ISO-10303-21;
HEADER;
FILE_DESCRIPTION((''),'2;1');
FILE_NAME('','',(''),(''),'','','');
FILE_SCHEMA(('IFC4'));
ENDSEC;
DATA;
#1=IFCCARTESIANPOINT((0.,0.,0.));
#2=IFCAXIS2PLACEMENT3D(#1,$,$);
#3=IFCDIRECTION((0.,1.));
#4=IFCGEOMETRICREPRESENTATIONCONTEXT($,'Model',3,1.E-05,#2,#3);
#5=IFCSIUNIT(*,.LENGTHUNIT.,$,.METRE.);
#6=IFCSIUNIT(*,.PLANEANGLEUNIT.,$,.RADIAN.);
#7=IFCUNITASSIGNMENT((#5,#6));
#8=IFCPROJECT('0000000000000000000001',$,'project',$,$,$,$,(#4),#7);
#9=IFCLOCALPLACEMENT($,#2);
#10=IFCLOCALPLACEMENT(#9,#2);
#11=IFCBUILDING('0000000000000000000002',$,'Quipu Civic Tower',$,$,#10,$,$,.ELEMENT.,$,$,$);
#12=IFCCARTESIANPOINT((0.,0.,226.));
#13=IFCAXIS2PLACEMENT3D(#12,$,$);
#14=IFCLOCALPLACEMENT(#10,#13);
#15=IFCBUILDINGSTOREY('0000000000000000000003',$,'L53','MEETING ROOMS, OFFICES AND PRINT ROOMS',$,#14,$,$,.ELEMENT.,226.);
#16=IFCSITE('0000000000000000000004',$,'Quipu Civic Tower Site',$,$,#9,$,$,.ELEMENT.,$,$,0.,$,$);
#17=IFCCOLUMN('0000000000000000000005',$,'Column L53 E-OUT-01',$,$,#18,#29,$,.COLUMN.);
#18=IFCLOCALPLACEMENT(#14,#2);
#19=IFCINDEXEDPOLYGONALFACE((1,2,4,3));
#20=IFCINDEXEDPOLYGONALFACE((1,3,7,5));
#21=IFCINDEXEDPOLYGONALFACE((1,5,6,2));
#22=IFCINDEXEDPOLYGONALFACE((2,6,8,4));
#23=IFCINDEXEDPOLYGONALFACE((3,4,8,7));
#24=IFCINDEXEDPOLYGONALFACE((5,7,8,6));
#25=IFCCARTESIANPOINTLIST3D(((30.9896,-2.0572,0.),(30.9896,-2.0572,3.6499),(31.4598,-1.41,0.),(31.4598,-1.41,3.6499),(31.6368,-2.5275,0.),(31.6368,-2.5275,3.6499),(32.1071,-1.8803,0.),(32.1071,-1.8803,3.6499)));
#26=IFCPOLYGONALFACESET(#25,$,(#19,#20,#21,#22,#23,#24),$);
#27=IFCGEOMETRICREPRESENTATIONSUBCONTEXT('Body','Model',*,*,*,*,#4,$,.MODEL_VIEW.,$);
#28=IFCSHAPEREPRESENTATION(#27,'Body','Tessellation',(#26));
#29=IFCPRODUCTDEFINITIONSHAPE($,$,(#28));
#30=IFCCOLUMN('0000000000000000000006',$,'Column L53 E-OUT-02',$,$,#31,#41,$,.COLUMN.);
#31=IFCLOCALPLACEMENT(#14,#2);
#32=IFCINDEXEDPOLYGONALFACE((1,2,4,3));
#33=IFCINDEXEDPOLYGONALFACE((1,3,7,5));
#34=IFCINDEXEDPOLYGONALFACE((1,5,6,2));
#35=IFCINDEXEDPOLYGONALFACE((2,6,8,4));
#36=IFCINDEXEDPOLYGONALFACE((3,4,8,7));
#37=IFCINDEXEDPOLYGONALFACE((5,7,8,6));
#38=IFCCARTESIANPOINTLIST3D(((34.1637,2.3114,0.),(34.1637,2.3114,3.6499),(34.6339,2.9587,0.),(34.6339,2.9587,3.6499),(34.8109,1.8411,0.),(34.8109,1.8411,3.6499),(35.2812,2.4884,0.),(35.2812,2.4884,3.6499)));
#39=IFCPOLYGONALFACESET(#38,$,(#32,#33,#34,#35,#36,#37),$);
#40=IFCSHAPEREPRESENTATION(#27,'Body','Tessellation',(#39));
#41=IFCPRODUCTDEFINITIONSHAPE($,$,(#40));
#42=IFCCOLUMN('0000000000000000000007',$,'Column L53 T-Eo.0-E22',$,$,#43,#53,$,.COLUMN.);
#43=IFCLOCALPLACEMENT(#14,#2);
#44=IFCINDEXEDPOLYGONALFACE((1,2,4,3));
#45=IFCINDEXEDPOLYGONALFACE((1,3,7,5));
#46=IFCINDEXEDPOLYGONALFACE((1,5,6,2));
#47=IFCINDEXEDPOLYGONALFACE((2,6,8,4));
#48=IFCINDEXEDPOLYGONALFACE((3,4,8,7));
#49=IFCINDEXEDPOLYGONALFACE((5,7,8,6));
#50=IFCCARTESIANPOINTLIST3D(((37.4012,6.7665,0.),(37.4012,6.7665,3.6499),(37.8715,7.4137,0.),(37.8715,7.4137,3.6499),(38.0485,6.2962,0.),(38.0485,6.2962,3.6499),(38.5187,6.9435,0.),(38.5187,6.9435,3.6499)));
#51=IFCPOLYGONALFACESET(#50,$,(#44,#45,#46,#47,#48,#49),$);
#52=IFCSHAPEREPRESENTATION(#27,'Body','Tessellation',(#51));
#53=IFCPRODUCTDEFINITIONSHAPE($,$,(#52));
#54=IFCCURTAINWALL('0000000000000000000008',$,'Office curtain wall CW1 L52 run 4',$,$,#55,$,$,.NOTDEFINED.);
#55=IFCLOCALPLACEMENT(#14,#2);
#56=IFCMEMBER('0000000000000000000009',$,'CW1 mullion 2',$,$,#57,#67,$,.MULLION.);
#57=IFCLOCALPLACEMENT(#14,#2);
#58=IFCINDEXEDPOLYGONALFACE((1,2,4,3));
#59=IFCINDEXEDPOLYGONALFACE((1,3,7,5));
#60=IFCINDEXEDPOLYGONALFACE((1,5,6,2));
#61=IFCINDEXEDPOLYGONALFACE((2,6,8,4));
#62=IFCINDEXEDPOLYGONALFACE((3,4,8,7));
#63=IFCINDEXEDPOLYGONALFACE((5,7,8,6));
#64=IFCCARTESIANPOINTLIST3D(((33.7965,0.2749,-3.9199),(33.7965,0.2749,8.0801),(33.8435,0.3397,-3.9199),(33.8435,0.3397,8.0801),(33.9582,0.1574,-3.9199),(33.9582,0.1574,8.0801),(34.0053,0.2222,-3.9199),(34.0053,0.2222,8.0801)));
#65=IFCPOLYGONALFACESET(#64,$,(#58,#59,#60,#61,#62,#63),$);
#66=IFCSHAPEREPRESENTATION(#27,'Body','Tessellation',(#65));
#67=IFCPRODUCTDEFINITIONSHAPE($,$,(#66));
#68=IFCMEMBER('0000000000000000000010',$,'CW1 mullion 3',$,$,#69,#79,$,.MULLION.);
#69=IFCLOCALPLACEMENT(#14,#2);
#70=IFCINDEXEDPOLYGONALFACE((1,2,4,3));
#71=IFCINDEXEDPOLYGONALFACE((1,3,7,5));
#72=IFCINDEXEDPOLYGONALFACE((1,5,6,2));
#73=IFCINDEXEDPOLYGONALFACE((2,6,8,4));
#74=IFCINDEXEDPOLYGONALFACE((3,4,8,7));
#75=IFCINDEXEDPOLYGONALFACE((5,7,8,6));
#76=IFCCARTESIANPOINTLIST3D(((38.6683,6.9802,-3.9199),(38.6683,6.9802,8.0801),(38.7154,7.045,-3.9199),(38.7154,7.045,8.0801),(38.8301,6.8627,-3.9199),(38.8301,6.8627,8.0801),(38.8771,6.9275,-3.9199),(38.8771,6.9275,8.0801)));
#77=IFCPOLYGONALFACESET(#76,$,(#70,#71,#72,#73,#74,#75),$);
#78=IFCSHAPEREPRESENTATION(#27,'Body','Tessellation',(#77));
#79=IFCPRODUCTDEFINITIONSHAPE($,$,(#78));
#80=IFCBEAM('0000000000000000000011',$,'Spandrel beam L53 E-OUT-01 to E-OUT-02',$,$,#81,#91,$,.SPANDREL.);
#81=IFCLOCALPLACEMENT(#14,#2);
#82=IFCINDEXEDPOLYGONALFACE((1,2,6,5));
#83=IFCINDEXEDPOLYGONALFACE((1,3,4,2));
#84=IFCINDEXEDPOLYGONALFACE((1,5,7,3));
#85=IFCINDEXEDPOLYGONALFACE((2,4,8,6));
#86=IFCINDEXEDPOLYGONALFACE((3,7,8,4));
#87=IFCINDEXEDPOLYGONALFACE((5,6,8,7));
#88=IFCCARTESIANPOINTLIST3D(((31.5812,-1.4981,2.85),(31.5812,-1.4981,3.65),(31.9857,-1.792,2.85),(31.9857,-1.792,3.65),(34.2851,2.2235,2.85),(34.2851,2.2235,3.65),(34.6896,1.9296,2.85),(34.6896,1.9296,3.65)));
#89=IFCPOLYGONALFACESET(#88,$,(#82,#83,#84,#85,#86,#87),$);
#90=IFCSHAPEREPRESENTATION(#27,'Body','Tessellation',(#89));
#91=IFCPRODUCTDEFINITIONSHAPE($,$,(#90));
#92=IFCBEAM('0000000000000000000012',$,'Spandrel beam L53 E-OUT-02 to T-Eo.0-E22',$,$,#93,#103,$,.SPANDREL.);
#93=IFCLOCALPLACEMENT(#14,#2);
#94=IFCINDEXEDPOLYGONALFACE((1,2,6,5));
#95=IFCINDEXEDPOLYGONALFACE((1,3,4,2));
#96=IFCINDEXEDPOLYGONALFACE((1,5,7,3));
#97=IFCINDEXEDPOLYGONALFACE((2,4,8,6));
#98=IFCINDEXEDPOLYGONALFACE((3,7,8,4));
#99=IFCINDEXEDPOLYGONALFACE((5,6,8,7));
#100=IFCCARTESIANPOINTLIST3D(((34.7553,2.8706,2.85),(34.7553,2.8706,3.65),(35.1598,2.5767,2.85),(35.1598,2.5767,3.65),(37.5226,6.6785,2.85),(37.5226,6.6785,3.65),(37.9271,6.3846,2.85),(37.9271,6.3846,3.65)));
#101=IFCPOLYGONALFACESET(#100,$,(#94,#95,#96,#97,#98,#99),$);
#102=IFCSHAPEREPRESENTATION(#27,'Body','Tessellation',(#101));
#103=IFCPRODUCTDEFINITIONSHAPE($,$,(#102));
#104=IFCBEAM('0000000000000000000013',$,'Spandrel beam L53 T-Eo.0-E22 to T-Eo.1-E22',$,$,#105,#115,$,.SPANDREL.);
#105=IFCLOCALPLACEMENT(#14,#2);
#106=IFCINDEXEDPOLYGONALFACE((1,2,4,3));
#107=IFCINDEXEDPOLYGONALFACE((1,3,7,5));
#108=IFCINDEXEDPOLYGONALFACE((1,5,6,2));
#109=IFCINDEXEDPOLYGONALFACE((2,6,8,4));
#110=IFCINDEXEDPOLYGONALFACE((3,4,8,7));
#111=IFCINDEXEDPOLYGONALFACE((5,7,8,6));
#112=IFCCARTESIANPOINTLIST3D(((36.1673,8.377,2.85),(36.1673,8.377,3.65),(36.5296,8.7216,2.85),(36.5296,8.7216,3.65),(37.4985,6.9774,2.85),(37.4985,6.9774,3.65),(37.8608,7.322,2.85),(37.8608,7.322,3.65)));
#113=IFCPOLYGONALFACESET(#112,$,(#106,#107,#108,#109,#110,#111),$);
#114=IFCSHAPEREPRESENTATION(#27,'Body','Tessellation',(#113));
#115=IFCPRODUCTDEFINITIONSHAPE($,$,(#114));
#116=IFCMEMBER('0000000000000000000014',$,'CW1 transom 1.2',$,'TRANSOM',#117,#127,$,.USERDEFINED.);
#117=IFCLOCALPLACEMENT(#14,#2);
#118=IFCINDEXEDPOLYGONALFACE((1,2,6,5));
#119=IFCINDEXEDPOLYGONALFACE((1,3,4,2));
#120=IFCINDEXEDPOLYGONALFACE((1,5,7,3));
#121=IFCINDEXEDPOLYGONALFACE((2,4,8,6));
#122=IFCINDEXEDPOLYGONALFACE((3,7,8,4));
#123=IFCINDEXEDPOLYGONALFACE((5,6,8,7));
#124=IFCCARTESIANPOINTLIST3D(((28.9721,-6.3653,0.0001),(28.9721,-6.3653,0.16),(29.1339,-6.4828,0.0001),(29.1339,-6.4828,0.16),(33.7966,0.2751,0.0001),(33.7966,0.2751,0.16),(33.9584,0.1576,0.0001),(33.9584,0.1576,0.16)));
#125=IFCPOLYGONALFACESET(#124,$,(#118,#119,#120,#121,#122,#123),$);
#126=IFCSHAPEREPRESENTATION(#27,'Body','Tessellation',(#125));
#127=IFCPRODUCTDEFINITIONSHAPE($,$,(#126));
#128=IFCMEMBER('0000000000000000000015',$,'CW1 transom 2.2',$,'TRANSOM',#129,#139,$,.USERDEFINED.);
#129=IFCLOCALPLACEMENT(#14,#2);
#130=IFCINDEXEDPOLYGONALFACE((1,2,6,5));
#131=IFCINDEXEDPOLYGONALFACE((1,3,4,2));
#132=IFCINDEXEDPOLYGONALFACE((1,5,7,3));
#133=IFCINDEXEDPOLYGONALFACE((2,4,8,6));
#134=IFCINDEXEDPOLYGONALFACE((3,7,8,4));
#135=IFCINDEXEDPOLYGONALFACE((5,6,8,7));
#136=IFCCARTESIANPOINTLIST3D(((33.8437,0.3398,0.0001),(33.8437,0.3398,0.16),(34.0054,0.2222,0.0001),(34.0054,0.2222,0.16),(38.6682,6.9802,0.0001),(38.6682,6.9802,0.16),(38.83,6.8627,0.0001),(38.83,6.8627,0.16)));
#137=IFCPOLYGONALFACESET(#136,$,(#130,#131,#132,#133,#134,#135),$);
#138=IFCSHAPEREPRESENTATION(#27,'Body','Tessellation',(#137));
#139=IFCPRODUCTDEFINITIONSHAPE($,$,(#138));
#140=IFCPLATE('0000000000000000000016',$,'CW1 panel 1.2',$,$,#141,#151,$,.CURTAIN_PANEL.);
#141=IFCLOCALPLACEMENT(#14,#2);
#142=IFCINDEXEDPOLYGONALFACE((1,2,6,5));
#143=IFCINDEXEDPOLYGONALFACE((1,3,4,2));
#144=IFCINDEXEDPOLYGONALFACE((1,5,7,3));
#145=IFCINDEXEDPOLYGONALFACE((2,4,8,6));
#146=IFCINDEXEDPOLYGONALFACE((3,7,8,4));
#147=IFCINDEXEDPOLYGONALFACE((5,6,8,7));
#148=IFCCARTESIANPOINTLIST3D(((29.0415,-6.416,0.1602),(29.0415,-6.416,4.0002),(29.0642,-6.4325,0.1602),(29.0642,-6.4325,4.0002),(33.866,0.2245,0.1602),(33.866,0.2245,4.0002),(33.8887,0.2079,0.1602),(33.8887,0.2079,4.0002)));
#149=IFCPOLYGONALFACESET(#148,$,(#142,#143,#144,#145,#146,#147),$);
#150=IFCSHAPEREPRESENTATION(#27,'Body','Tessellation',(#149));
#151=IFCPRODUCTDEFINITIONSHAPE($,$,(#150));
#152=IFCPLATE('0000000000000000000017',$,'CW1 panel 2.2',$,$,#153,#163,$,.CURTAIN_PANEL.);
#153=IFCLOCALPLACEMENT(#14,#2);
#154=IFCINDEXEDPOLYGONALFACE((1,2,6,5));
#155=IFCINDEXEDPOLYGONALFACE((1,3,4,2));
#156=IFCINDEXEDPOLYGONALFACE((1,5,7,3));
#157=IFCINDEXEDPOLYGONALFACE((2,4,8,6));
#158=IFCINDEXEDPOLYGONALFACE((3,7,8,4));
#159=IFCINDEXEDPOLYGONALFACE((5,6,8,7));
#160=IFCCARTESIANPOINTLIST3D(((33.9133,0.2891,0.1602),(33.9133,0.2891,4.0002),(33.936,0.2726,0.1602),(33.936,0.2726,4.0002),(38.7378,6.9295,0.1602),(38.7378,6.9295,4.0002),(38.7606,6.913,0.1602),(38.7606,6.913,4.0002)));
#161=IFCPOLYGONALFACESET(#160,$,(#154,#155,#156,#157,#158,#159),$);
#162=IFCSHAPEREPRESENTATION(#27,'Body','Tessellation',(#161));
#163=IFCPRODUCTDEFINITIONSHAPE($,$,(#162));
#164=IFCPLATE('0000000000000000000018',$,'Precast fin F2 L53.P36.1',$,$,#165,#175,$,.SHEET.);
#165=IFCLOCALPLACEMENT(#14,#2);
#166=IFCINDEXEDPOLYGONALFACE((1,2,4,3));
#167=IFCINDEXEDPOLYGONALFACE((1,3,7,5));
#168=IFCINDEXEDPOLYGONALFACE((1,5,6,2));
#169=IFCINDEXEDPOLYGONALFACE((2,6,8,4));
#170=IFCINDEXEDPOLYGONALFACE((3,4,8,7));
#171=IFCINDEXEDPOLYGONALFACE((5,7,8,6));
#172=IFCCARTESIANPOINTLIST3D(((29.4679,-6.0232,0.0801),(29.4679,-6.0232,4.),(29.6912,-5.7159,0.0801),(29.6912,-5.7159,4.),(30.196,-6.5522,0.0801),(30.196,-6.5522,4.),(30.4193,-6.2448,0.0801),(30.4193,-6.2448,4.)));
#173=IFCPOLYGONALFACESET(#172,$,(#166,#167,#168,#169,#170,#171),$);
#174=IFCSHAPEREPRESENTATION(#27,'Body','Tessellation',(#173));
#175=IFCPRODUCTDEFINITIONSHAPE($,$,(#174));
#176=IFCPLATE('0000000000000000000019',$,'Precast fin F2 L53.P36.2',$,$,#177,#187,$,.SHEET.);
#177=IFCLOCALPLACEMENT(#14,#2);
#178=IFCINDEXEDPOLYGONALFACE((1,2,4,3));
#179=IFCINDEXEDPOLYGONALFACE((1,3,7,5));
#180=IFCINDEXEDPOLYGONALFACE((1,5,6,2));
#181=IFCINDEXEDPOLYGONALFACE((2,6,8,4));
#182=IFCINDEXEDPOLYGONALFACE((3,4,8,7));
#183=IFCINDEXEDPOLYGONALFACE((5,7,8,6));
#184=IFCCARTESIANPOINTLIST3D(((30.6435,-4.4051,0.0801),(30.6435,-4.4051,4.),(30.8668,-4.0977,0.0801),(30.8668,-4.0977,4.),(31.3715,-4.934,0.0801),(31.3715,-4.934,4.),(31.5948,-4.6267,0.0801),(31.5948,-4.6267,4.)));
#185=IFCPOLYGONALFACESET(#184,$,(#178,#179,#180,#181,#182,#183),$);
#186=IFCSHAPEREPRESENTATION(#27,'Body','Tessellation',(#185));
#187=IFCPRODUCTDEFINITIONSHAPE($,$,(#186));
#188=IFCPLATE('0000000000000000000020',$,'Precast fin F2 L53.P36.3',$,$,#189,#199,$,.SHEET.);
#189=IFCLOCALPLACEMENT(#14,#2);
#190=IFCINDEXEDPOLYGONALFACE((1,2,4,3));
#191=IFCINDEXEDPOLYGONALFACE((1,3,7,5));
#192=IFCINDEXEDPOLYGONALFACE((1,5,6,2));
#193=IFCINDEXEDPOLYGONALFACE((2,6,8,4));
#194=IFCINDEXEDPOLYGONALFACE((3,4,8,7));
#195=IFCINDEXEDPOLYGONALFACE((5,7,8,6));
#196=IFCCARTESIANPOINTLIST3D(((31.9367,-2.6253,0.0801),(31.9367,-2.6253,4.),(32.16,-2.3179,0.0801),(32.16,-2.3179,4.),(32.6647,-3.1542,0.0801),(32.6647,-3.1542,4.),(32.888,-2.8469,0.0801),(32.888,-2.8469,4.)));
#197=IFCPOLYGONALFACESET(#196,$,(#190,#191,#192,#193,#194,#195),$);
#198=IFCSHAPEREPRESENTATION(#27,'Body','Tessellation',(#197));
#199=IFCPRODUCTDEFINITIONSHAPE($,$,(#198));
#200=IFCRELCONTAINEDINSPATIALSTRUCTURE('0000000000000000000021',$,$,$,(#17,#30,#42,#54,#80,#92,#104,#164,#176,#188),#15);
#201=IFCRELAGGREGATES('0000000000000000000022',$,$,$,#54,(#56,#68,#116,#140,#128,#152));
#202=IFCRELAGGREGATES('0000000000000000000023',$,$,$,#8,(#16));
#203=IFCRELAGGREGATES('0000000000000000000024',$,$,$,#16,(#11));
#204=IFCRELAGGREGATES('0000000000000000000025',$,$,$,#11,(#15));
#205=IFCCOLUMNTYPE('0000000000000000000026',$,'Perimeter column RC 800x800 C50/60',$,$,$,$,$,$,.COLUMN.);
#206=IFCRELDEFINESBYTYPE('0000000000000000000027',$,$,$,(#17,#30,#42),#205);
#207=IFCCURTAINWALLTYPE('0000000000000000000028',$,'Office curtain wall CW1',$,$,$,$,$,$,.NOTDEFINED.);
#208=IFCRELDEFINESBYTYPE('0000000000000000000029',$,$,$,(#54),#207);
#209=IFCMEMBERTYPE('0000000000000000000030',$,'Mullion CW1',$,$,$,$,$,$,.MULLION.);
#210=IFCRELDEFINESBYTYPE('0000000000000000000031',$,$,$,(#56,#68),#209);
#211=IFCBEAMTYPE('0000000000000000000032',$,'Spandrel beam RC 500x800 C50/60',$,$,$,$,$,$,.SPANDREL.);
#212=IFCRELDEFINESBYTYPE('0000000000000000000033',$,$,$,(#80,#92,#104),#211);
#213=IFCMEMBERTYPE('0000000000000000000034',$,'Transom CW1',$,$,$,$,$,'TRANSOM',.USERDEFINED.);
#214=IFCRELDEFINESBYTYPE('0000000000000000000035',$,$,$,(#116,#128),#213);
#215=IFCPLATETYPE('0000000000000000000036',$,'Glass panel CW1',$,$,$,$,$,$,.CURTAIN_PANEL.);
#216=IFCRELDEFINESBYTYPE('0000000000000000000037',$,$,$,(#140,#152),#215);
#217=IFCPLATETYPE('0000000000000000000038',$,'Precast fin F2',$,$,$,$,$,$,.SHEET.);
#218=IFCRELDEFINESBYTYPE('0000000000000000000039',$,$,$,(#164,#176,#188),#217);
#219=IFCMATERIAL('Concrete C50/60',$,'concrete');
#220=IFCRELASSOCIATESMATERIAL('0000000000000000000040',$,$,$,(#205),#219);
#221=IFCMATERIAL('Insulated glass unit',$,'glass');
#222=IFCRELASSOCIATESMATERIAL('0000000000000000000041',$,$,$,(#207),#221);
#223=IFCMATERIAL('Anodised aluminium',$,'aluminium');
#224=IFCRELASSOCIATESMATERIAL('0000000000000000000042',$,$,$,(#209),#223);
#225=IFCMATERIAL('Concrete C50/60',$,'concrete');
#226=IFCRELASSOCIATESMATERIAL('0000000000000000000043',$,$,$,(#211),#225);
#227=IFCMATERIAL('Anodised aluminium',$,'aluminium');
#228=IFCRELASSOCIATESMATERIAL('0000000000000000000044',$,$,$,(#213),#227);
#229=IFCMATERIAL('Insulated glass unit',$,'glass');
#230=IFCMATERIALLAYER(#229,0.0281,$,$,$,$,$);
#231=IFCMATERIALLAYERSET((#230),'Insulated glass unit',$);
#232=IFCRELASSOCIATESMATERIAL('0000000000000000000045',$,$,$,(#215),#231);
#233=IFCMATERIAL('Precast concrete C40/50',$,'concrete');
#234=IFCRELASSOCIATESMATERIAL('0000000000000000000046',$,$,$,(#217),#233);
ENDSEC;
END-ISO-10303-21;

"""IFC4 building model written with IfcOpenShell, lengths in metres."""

from ifc_helpers import new_model, si_unit, direction, frame, origin, origin_2d, place, context, subcontext, project, spatial, rectangle, extrude, material, layer, layer_set, material_profile, profile_set, type_object, element, aggregate, save


model = new_model("IFC4")

# Units and contexts
model_context = context("Model", 3, precision=1e-05, world=origin(), true_north=direction((0.0, 1.0)))
body_context = subcontext(model_context, "Body", "Model", "MODEL_VIEW")
ifc_project = project(units=[si_unit("LENGTHUNIT", "METRE"), si_unit("PLANEANGLEUNIT", "RADIAN")], contexts=[model_context])

# Site, building, storey
site_placement = place(None, origin())
site = spatial("IfcSite", under=ifc_project, at=site_placement, Name="Quipu Civic Tower Site", CompositionType="ELEMENT", RefElevation=0.0)
building_placement = place(site_placement, origin())
building = spatial("IfcBuilding", under=site, at=building_placement, Name="Quipu Civic Tower", CompositionType="ELEMENT")
storey_placement = place(building_placement, frame((0.0, 0.0, 226.0)))
storey = spatial("IfcBuildingStorey", under=building, at=storey_placement, Name="L53", Description="MEETING ROOMS, OFFICES AND PRINT ROOMS", CompositionType="ELEMENT", Elevation=226.0)

# Columns
ifc_material_1 = material(Name="Concrete C50/60", Category="concrete")
ifc_material_profile_1 = material_profile(ifc_material_1, rectangle(XDim=0.8, YDim=0.8, at=origin_2d()), Name="RC800x800")
ifc_profile_set_1 = profile_set([ifc_material_profile_1], Name="Concrete C50/60")
column_type = type_object("IfcColumnType", Name="Perimeter column RC 800x800 C50/60", PredefinedType="COLUMN", material=ifc_profile_set_1)
for number, where, z_axis, x_axis, name in (
    (1, (31.5483, -1.9688, 0.0), (0.0, 0.0, 1.0), (0.587785, 0.809017, 0.0), "Column L53 E-OUT-01"),
    (2, (34.7224, 2.3999, 0.0), (0.0, 0.0, 1.0), (0.587785, 0.809017, 0.0), "Column L53 E-OUT-02"),
    (3, (37.96, 6.855, 0.0), (0.0, 0.0, 1.0), (0.587785, 0.809017, 0.0), "Column L53 T-Eo.0-E22"),
):
    element("IfcColumn", number, at=place(storey_placement, frame(where, z_axis=z_axis, x_axis=x_axis)), inside=storey, type_object=column_type, Name=name, PredefinedType="COLUMN", context=body_context, shape_type="SweptSolid", body=[
        extrude(rectangle(XDim=0.8, YDim=0.8, at=origin_2d()), origin(), (0.0, 0.0, 1.0), 3.6499),
    ])

# Curtain wall, members
ifc_material_2 = material(Name="Insulated glass unit", Category="glass")
curtain_wall_type = type_object("IfcCurtainWallType", Name="Office curtain wall CW1", PredefinedType="NOTDEFINED", material=ifc_material_2)
curtain_wall_placement = place(storey_placement, origin())
curtain_wall = element("IfcCurtainWall", 4, at=curtain_wall_placement, inside=storey, type_object=curtain_wall_type, Name="Office curtain wall CW1 L52 run 4", PredefinedType="NOTDEFINED")
ifc_material_3 = material(Name="Anodised aluminium", Category="aluminium")
ifc_material_profile_2 = material_profile(ifc_material_3, rectangle(XDim=0.2, YDim=0.0801, at=origin_2d()), Name="RECT 200x80")
ifc_profile_set_2 = profile_set([ifc_material_profile_2], Name="Anodised aluminium")
member_type_1 = type_object("IfcMemberType", Name="Mullion CW1", PredefinedType="MULLION", material=ifc_profile_set_2)
member_1_placement = place(storey_placement, frame((33.9009, 0.2485, -3.9199), z_axis=(0.0, 0.0, 1.0), x_axis=(-0.809016, 0.587787, 0.0)))
member_1 = element("IfcMember", 5, at=member_1_placement, type_object=member_type_1, Name="CW1 mullion 2", PredefinedType="MULLION", context=body_context, shape_type="SweptSolid", body=[
    extrude(rectangle(XDim=0.2, YDim=0.0801, at=origin_2d()), origin(), (0.0, 0.0, 1.0), 12.0),
])
member_2_placement = place(storey_placement, frame((38.7727, 6.9539, -3.9199), z_axis=(0.0, 0.0, 1.0), x_axis=(-0.809016, 0.587787, 0.0)))
member_2 = element("IfcMember", 6, at=member_2_placement, type_object=member_type_1, Name="CW1 mullion 3", PredefinedType="MULLION", context=body_context, shape_type="SweptSolid", body=[
    extrude(rectangle(XDim=0.2, YDim=0.0801, at=origin_2d()), origin(), (0.0, 0.0, 1.0), 12.0),
])

# Beams
ifc_material_4 = material(Name="Concrete C50/60", Category="concrete")
ifc_material_profile_3 = material_profile(ifc_material_4, rectangle(XDim=0.5, YDim=0.8, at=origin_2d()), Name="RC500x800")
ifc_profile_set_3 = profile_set([ifc_material_profile_3], Name="Concrete C50/60")
beam_type = type_object("IfcBeamType", Name="Spandrel beam RC 500x800 C50/60", PredefinedType="SPANDREL", material=ifc_profile_set_3)
beam_1_placement = place(storey_placement, frame((31.7834, -1.645, 3.25), z_axis=(0.587796, 0.809009, 0.0), x_axis=(-0.809009, 0.587796, 0.0)))
element("IfcBeam", 7, at=beam_1_placement, inside=storey, type_object=beam_type, Name="Spandrel beam L53 E-OUT-01 to E-OUT-02", PredefinedType="SPANDREL", context=body_context, shape_type="SweptSolid", body=[
    extrude(rectangle(XDim=0.5, YDim=0.8, at=origin_2d()), origin(), (0.0, 0.0, 1.0), 4.6001),
])
beam_2_placement = place(storey_placement, frame((34.9575, 2.7236, 3.25), z_axis=(0.587891, 0.80894, 0.0), x_axis=(-0.80894, 0.587891, 0.0)))
element("IfcBeam", 8, at=beam_2_placement, inside=storey, type_object=beam_type, Name="Spandrel beam L53 E-OUT-02 to T-Eo.0-E22", PredefinedType="SPANDREL", context=body_context, shape_type="SweptSolid", body=[
    extrude(rectangle(XDim=0.5, YDim=0.8, at=origin_2d()), origin(), (0.0, 0.0, 1.0), 4.7073),
])
beam_3_placement = place(storey_placement, frame((37.6797, 7.1497, 3.25), z_axis=(-0.689191, 0.72458, 0.0), x_axis=(-0.72458, -0.689191, 0.0)))
element("IfcBeam", 9, at=beam_3_placement, inside=storey, type_object=beam_type, Name="Spandrel beam L53 T-Eo.0-E22 to T-Eo.1-E22", PredefinedType="SPANDREL", context=body_context, shape_type="SweptSolid", body=[
    extrude(rectangle(XDim=0.5, YDim=0.8, at=origin_2d()), origin(), (0.0, 0.0, 1.0), 1.9316),
])

# Members
ifc_material_5 = material(Name="Anodised aluminium", Category="aluminium")
ifc_material_profile_4 = material_profile(ifc_material_5, rectangle(XDim=0.2, YDim=0.1599, at=origin_2d()), Name="RECT 200x160")
ifc_profile_set_4 = profile_set([ifc_material_profile_4], Name="Anodised aluminium")
member_type_2 = type_object("IfcMemberType", Name="Transom CW1", ElementType="TRANSOM", PredefinedType="USERDEFINED", material=ifc_profile_set_4)
member_3_placement = place(storey_placement, frame((29.053, -6.4241, 0.0801), z_axis=(0.587781, 0.80902, 0.0), x_axis=(-0.80902, 0.587781, 0.0)))
member_3 = element("IfcMember", 10, at=member_3_placement, type_object=member_type_2, Name="CW1 transom 1.2", ObjectType="TRANSOM", PredefinedType="USERDEFINED", context=body_context, shape_type="SweptSolid", body=[
    extrude(rectangle(XDim=0.2, YDim=0.1599, at=origin_2d()), origin(), (0.0, 0.0, 1.0), 8.208),
])
member_4_placement = place(storey_placement, frame((33.9246, 0.281, 0.0801), z_axis=(0.587781, 0.80902, 0.0), x_axis=(-0.80902, 0.587781, 0.0)))
member_4 = element("IfcMember", 11, at=member_4_placement, type_object=member_type_2, Name="CW1 transom 2.2", ObjectType="TRANSOM", PredefinedType="USERDEFINED", context=body_context, shape_type="SweptSolid", body=[
    extrude(rectangle(XDim=0.2, YDim=0.1599, at=origin_2d()), origin(), (0.0, 0.0, 1.0), 8.208),
])

# Plates
ifc_material_6 = material(Name="Insulated glass unit", Category="glass")
ifc_layer = layer(ifc_material_6, 0.0281)
ifc_layer_set = layer_set([ifc_layer], Name="Insulated glass unit")
plate_type_1 = type_object("IfcPlateType", Name="Glass panel CW1", PredefinedType="CURTAIN_PANEL", material=ifc_layer_set)
plate_1_placement = place(storey_placement, frame((31.4651, -3.104, 0.1602), z_axis=(0.0, 0.0, 1.0), x_axis=(0.587787, 0.809016, 0.0)))
plate_1 = element("IfcPlate", 12, at=plate_1_placement, type_object=plate_type_1, Name="CW1 panel 1.2", PredefinedType="CURTAIN_PANEL", context=body_context, shape_type="SweptSolid", body=[
    extrude(rectangle(XDim=8.208, YDim=0.0281, at=origin_2d()), origin(), (0.0, 0.0, 1.0), 3.8401),
])
plate_2_placement = place(storey_placement, frame((36.3369, 3.6011, 0.1602), z_axis=(0.0, 0.0, 1.0), x_axis=(0.587787, 0.809016, 0.0)))
plate_2 = element("IfcPlate", 13, at=plate_2_placement, type_object=plate_type_1, Name="CW1 panel 2.2", PredefinedType="CURTAIN_PANEL", context=body_context, shape_type="SweptSolid", body=[
    extrude(rectangle(XDim=8.208, YDim=0.0281, at=origin_2d()), origin(), (0.0, 0.0, 1.0), 3.8401),
])
aggregate(curtain_wall, [member_1, member_2, member_3, plate_1, member_4, plate_2])

# Plates
ifc_material_7 = material(Name="Precast concrete C40/50", Category="concrete")
plate_type_2 = type_object("IfcPlateType", Name="Precast fin F2", PredefinedType="SHEET", material=ifc_material_7)
for number, where, z_axis, x_axis, name in (
    (14, (29.9436, -6.134, 0.0801), (0.0, 0.0, 1.0), (0.587787, 0.809016, 0.0), "Precast fin F2 L53.P36.1"),
    (15, (31.1191, -4.5159, 0.0801), (0.0, 0.0, 1.0), (0.587787, 0.809016, 0.0), "Precast fin F2 L53.P36.2"),
    (16, (32.4124, -2.7361, 0.0801), (0.0, 0.0, 1.0), (0.587787, 0.809016, 0.0), "Precast fin F2 L53.P36.3"),
):
    element("IfcPlate", number, at=place(storey_placement, frame(where, z_axis=z_axis, x_axis=x_axis)), inside=storey, type_object=plate_type_2, Name=name, PredefinedType="SHEET", context=body_context, shape_type="SweptSolid", body=[
        extrude(rectangle(XDim=0.3799, YDim=0.8999, at=origin_2d()), origin(), (0.0, 0.0, 1.0), 3.9199),
    ])

save(model, "model.ifc")
